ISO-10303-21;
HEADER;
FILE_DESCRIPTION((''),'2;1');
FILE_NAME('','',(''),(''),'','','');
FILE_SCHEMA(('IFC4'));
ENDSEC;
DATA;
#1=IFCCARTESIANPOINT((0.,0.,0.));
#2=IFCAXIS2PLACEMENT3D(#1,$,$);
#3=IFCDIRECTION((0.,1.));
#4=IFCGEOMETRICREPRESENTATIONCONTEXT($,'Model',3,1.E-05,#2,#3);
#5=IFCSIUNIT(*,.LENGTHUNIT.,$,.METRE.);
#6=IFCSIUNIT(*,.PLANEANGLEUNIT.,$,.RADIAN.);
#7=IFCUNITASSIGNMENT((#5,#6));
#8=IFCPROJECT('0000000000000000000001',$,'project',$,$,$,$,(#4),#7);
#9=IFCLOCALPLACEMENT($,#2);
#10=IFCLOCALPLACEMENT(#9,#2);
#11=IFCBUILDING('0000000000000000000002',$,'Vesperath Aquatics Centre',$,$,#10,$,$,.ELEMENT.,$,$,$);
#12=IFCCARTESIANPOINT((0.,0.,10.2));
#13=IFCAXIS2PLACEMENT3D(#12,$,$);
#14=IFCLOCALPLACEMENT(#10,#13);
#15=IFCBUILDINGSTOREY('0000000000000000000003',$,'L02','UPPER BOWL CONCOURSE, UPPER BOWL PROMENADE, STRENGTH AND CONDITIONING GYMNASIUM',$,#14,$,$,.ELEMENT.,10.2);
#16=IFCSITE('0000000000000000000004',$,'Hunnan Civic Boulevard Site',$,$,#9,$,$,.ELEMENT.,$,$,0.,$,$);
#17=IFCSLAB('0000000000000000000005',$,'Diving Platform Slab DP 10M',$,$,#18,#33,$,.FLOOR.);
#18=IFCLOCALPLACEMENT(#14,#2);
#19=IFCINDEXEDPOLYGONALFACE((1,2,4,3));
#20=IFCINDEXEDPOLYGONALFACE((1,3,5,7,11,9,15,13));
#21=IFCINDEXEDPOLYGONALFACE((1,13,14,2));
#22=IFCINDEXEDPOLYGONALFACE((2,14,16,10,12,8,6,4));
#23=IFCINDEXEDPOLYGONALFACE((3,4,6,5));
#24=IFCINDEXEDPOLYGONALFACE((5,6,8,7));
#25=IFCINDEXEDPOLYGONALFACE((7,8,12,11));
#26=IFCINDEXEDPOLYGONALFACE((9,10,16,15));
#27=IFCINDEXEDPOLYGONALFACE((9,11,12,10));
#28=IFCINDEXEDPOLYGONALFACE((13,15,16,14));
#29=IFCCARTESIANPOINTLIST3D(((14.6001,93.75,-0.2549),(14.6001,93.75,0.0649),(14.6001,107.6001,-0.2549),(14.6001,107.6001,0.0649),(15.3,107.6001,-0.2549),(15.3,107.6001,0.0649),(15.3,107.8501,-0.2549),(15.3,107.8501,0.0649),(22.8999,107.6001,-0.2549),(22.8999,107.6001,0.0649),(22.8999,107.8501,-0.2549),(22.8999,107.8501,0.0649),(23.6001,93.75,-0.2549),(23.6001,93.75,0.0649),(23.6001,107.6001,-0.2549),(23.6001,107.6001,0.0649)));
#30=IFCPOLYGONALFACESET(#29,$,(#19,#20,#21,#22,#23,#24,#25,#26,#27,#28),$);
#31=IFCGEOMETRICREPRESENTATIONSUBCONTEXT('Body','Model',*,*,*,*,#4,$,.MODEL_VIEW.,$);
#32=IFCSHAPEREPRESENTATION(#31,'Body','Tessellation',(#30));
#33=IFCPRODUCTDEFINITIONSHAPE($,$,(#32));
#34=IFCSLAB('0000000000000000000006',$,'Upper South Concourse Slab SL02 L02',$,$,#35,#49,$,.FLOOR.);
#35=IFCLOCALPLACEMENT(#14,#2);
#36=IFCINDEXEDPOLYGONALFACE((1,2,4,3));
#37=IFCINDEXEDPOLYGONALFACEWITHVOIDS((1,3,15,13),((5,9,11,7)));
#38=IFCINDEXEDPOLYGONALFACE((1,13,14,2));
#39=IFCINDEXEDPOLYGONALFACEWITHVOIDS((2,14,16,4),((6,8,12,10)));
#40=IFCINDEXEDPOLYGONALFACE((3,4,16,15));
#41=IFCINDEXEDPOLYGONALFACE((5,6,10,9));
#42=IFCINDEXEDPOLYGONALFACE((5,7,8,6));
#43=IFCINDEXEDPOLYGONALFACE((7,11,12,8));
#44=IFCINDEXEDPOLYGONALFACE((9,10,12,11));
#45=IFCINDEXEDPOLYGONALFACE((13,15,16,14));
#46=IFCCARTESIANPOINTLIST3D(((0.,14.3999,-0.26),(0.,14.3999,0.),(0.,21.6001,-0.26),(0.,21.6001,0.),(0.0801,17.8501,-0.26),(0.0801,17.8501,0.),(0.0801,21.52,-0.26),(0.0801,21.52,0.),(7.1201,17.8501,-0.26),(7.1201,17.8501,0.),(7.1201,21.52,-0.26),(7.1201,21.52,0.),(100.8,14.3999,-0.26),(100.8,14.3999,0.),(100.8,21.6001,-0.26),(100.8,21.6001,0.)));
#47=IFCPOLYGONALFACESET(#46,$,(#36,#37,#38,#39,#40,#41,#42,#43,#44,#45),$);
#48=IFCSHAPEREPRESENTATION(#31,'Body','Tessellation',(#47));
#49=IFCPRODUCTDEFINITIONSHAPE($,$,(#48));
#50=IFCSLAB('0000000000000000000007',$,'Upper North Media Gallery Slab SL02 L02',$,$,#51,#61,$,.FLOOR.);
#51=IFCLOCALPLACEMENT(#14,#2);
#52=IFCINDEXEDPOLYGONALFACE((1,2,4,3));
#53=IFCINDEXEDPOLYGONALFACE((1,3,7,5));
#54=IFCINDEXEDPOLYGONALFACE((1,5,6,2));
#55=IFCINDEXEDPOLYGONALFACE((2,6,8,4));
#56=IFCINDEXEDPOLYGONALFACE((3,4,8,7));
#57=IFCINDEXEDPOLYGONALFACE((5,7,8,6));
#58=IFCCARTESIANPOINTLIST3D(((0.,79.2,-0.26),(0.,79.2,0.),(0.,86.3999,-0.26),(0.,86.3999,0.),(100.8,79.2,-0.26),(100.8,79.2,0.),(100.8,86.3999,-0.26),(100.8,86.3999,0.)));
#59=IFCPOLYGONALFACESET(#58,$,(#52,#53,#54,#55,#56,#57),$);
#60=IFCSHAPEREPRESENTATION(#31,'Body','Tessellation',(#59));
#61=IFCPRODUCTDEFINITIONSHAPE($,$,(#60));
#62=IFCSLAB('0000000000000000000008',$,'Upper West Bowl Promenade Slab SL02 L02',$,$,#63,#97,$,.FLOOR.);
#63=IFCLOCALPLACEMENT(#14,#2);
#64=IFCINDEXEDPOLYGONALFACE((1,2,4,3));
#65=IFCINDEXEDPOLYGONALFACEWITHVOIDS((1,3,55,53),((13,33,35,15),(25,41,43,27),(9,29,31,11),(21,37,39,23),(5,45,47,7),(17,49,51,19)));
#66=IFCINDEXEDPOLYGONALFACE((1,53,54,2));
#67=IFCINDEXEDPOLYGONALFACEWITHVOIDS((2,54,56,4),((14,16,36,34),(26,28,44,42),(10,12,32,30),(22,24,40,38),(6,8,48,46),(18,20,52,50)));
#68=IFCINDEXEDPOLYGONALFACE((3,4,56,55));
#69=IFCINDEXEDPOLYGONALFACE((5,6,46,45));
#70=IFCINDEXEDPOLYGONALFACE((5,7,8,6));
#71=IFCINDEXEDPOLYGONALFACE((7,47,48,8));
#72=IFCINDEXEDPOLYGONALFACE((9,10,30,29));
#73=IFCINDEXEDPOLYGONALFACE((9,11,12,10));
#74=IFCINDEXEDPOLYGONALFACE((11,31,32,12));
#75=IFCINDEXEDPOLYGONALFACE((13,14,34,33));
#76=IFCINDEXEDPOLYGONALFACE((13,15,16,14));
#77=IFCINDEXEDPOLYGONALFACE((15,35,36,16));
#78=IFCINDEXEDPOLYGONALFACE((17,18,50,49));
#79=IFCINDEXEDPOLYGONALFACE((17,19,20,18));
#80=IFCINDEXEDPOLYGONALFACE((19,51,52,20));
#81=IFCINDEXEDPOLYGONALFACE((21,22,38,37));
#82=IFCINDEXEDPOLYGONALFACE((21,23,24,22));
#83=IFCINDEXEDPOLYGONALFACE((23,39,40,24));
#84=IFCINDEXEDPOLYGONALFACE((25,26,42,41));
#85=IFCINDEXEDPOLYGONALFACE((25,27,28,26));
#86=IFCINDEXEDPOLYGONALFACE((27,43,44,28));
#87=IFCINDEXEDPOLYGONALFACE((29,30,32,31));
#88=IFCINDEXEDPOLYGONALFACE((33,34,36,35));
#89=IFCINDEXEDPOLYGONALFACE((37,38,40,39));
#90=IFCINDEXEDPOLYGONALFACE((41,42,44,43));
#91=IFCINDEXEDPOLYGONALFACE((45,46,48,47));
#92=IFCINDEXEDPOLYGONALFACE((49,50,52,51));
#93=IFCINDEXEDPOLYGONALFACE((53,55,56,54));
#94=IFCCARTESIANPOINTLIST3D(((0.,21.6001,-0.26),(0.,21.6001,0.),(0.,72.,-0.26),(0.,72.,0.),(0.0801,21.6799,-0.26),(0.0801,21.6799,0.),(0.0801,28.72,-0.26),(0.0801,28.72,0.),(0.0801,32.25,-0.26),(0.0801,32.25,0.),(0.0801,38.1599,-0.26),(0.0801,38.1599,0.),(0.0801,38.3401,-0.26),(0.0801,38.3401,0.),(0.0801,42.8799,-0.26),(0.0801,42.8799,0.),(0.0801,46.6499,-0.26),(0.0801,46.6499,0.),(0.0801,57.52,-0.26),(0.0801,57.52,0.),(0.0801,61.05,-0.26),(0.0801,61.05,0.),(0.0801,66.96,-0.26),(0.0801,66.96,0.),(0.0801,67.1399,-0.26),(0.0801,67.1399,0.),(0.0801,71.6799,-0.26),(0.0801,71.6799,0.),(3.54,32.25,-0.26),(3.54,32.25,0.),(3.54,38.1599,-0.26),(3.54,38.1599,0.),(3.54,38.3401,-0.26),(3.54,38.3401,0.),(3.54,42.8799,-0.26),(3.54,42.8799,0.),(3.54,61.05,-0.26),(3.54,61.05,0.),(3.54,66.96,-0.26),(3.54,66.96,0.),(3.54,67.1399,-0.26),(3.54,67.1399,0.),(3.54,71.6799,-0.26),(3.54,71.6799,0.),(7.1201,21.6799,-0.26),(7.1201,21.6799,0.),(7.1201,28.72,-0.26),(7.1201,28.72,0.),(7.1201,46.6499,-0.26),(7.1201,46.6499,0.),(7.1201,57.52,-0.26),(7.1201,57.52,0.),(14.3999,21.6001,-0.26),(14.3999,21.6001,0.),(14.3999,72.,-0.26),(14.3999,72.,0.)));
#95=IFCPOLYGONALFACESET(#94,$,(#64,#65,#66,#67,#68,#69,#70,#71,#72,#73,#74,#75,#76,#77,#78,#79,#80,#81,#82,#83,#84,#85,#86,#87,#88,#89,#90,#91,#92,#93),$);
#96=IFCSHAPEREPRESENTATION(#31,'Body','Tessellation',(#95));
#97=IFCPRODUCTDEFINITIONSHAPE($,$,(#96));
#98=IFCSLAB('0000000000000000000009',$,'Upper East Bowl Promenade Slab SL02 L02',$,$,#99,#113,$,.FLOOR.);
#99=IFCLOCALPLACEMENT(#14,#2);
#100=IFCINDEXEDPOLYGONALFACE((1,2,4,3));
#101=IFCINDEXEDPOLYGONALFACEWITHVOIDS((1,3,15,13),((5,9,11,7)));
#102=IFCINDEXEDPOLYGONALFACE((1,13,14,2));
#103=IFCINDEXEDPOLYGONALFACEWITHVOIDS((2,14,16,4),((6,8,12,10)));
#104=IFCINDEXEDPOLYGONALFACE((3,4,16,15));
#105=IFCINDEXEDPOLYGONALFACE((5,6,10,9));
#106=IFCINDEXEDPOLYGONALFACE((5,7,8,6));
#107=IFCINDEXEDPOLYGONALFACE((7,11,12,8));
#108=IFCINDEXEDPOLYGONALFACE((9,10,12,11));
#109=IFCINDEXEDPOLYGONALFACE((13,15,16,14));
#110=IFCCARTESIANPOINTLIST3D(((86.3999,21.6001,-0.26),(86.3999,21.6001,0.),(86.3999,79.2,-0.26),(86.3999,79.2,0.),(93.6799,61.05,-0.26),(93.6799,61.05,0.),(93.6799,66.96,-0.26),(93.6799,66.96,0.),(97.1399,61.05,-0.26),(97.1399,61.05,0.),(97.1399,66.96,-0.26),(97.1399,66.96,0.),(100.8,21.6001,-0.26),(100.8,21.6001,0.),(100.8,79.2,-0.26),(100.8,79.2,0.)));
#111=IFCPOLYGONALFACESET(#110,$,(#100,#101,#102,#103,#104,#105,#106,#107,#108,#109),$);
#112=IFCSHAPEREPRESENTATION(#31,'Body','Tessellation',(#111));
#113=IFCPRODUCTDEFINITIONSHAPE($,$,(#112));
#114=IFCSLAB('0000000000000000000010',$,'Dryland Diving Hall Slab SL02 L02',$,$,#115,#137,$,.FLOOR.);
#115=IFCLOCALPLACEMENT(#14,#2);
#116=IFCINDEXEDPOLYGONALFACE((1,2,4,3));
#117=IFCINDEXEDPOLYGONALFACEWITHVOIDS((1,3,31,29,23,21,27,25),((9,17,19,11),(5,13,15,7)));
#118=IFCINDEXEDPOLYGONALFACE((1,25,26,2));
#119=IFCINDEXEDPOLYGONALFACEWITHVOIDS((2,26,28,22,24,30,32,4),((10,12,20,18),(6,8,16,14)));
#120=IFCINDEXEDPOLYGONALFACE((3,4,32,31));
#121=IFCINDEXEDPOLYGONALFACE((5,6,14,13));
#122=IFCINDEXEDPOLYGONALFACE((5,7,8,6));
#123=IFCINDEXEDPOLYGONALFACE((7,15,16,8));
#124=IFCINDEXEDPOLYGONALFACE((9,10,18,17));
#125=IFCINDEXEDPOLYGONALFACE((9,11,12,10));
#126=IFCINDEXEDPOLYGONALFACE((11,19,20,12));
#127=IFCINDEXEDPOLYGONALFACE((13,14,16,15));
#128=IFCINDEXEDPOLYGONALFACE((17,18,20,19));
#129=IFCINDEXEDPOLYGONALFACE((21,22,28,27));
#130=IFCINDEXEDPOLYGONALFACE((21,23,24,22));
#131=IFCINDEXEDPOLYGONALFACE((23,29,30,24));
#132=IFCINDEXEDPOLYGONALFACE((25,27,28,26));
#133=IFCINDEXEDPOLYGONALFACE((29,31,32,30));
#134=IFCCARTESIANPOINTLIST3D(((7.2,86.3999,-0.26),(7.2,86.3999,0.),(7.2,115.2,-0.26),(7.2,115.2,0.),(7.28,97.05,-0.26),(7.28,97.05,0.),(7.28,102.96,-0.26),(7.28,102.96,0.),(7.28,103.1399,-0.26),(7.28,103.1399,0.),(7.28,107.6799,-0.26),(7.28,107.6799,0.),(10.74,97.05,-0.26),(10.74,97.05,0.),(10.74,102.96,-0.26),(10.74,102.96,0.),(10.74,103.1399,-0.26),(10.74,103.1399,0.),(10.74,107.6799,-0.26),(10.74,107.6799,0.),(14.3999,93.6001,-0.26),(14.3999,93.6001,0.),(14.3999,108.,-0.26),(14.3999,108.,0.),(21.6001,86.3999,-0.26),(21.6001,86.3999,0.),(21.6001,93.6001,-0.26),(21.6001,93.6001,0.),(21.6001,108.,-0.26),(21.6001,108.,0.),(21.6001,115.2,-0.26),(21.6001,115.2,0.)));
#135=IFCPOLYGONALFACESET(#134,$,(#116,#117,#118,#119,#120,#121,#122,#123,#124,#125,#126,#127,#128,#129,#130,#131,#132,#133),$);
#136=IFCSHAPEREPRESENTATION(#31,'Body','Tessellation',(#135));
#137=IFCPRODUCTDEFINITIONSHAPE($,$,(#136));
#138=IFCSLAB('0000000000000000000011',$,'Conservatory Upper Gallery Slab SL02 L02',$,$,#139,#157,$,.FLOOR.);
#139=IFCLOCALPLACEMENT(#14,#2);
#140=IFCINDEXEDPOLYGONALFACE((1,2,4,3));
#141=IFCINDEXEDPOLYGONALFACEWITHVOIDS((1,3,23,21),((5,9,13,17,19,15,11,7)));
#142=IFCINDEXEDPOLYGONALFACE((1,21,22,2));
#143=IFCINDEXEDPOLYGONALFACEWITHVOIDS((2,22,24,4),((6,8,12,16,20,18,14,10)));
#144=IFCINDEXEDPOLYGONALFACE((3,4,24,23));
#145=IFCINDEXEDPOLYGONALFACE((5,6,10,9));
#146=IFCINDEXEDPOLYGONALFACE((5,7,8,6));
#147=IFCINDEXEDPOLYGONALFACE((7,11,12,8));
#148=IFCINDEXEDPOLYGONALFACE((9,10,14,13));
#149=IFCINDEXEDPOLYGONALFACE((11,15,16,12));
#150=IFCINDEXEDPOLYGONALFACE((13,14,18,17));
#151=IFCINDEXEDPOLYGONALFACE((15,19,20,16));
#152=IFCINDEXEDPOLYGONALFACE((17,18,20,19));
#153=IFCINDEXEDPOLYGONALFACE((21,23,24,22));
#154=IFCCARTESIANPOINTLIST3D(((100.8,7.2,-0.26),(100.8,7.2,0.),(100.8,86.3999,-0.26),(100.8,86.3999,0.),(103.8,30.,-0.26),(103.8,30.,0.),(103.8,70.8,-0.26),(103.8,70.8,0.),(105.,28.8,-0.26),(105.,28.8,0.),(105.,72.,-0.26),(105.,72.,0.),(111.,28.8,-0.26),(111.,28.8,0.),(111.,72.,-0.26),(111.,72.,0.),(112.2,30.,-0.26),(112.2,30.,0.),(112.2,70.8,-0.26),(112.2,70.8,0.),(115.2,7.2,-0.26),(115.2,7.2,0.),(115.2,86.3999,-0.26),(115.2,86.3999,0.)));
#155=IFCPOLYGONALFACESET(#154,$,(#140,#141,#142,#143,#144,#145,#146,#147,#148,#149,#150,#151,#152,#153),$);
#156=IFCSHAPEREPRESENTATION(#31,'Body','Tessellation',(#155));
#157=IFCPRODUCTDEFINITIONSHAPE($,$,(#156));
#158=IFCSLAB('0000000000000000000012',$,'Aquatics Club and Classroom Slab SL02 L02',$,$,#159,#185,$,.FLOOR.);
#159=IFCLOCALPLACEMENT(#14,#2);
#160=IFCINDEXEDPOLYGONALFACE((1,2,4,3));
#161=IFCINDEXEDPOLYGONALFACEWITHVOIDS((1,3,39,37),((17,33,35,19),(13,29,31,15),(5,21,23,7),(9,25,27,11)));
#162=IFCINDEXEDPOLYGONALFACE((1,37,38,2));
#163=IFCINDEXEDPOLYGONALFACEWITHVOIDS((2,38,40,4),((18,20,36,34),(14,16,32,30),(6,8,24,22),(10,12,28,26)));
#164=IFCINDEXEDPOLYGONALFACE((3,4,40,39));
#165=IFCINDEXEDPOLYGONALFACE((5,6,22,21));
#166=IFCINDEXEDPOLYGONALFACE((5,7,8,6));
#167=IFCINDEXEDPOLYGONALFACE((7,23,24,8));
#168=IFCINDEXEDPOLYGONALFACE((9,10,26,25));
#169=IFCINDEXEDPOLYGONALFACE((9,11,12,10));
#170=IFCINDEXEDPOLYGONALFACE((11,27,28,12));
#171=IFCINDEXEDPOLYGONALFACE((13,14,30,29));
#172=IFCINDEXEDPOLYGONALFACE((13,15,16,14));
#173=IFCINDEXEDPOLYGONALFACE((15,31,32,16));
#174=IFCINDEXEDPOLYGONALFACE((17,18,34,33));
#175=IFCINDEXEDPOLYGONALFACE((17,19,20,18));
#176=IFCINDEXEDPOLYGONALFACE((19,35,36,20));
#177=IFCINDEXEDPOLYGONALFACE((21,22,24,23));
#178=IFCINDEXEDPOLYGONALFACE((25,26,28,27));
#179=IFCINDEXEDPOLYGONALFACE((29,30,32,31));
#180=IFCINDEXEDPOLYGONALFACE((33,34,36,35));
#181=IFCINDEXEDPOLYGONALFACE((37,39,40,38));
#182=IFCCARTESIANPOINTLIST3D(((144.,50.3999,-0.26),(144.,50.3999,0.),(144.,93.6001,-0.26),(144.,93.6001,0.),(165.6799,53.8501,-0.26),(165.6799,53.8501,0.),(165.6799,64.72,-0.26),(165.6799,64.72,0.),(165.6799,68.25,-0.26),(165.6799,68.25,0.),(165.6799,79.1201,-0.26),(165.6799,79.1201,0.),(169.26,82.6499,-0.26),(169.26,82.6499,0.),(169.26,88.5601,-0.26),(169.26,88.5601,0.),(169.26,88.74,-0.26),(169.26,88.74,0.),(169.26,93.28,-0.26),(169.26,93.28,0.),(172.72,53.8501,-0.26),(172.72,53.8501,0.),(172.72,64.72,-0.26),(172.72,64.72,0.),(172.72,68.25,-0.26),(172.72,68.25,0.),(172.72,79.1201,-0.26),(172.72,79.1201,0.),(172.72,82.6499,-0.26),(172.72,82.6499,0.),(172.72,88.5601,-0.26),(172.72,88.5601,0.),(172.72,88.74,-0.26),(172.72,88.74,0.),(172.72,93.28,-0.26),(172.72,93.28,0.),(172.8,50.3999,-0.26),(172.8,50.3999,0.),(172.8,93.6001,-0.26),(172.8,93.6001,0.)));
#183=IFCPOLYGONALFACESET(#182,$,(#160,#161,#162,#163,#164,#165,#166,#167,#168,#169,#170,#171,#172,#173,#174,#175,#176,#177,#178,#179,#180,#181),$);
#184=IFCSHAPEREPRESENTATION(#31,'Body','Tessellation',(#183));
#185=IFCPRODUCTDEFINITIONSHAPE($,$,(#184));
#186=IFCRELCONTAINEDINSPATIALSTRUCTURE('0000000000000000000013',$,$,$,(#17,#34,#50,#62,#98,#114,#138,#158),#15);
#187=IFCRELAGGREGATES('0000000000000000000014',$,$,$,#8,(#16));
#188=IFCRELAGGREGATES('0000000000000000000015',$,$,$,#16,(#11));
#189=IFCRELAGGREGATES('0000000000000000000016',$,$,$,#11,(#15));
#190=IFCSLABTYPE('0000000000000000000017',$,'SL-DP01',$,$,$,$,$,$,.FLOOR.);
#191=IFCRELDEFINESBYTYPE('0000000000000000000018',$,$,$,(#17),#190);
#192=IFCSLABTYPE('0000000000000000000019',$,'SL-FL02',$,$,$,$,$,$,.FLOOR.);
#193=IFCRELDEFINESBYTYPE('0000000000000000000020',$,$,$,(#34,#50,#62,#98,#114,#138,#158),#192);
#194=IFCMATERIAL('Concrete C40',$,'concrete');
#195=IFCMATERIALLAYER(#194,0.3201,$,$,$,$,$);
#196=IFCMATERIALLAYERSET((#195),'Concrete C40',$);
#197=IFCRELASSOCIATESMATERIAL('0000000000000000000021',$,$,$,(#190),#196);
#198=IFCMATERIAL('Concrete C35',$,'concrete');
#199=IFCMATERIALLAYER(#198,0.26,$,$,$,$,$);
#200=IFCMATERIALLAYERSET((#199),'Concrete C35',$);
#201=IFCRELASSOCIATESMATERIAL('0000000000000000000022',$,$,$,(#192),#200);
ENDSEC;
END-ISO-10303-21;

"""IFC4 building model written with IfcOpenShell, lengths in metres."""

from ifc_helpers import new_model, si_unit, direction, frame, origin, place, context, subcontext, project, spatial, polyline, outline, extrude, material, layer, layer_set, type_object, element, save


model = new_model("IFC4")

# Units and contexts
model_context = context("Model", 3, precision=1e-05, world=origin(), true_north=direction((0.0, 1.0)))
body_context = subcontext(model_context, "Body", "Model", "MODEL_VIEW")
ifc_project = project(units=[si_unit("LENGTHUNIT", "METRE"), si_unit("PLANEANGLEUNIT", "RADIAN")], contexts=[model_context])

# Site, building, storey
site_placement = place(None, origin())
site = spatial("IfcSite", under=ifc_project, at=site_placement, Name="Hunnan Civic Boulevard Site", CompositionType="ELEMENT", RefElevation=0.0)
building_placement = place(site_placement, origin())
building = spatial("IfcBuilding", under=site, at=building_placement, Name="Vesperath Aquatics Centre", CompositionType="ELEMENT")
storey_placement = place(building_placement, frame((0.0, 0.0, 10.2)))
storey = spatial("IfcBuildingStorey", under=building, at=storey_placement, Name="L02", Description="UPPER BOWL CONCOURSE, UPPER BOWL PROMENADE, STRENGTH AND CONDITIONING GYMNASIUM", CompositionType="ELEMENT", Elevation=10.2)

# Slabs
ifc_material_1 = material(Name="Concrete C40", Category="concrete")
ifc_layer_1 = layer(ifc_material_1, 0.3201)
ifc_layer_set_1 = layer_set([ifc_layer_1], Name="Concrete C40")
slab_type_1 = type_object("IfcSlabType", Name="SL-DP01", PredefinedType="FLOOR", material=ifc_layer_set_1)
slab_1_placement = place(storey_placement, frame((0.0, 0.0, -0.2549)))
element("IfcSlab", 1, at=slab_1_placement, inside=storey, type_object=slab_type_1, Name="Diving Platform Slab DP 10M", PredefinedType="FLOOR", context=body_context, shape_type="SweptSolid", body=[
    extrude(outline(polyline([(14.6001, 93.75), (23.6001, 93.75), (23.6001, 107.6001), (22.8999, 107.6001), (22.8999, 107.8501), (15.3, 107.8501), (15.3, 107.6001), (14.6001, 107.6001), (14.6001, 93.75)])), origin(), (0.0, 0.0, 1.0), 0.3198),
])
ifc_material_2 = material(Name="Concrete C35", Category="concrete")
ifc_layer_2 = layer(ifc_material_2, 0.26)
ifc_layer_set_2 = layer_set([ifc_layer_2], Name="Concrete C35")
slab_type_2 = type_object("IfcSlabType", Name="SL-FL02", PredefinedType="FLOOR", material=ifc_layer_set_2)
slab_2_placement = place(storey_placement, frame((0.0, 0.0, -0.26)))
element("IfcSlab", 2, at=slab_2_placement, inside=storey, type_object=slab_type_2, Name="Upper South Concourse Slab SL02 L02", PredefinedType="FLOOR", context=body_context, shape_type="SweptSolid", body=[
    extrude(outline(polyline([(0.0, 14.3999), (100.8, 14.3999), (100.8, 21.6001), (0.0, 21.6001), (0.0, 14.3999)]), holes=[polyline([(0.0801, 17.8501), (7.1201, 17.8501), (7.1201, 21.52), (0.0801, 21.52), (0.0801, 17.8501)])]), origin(), (0.0, 0.0, 1.0), 0.26),
])
slab_3_placement = place(storey_placement, frame((0.0, 0.0, -0.26)))
element("IfcSlab", 3, at=slab_3_placement, inside=storey, type_object=slab_type_2, Name="Upper North Media Gallery Slab SL02 L02", PredefinedType="FLOOR", context=body_context, shape_type="SweptSolid", body=[
    extrude(outline(polyline([(0.0, 79.2), (100.8, 79.2), (100.8, 86.3999), (0.0, 86.3999), (0.0, 79.2)])), origin(), (0.0, 0.0, 1.0), 0.26),
])
slab_4_placement = place(storey_placement, frame((0.0, 0.0, -0.26)))
element("IfcSlab", 4, at=slab_4_placement, inside=storey, type_object=slab_type_2, Name="Upper West Bowl Promenade Slab SL02 L02", PredefinedType="FLOOR", context=body_context, shape_type="SweptSolid", body=[
    extrude(outline(polyline([(0.0, 21.6001), (14.3999, 21.6001), (14.3999, 72.0), (0.0, 72.0), (0.0, 21.6001)]), holes=[polyline([(0.0801, 32.25), (3.54, 32.25), (3.54, 38.1599), (0.0801, 38.1599), (0.0801, 32.25)]), polyline([(0.0801, 38.3401), (3.54, 38.3401), (3.54, 42.8799), (0.0801, 42.8799), (0.0801, 38.3401)]), polyline([(0.0801, 61.05), (3.54, 61.05), (3.54, 66.96), (0.0801, 66.96), (0.0801, 61.05)]), polyline([(0.0801, 67.1399), (3.54, 67.1399), (3.54, 71.6799), (0.0801, 71.6799), (0.0801, 67.1399)]), polyline([(0.0801, 21.6799), (7.1201, 21.6799), (7.1201, 28.72), (0.0801, 28.72), (0.0801, 21.6799)]), polyline([(0.0801, 46.6499), (7.1201, 46.6499), (7.1201, 57.52), (0.0801, 57.52), (0.0801, 46.6499)])]), origin(), (0.0, 0.0, 1.0), 0.26),
])
slab_5_placement = place(storey_placement, frame((0.0, 0.0, -0.26)))
element("IfcSlab", 5, at=slab_5_placement, inside=storey, type_object=slab_type_2, Name="Upper East Bowl Promenade Slab SL02 L02", PredefinedType="FLOOR", context=body_context, shape_type="SweptSolid", body=[
    extrude(outline(polyline([(86.3999, 21.6001), (100.8, 21.6001), (100.8, 79.2), (86.3999, 79.2), (86.3999, 21.6001)]), holes=[polyline([(93.6799, 61.05), (97.1399, 61.05), (97.1399, 66.96), (93.6799, 66.96), (93.6799, 61.05)])]), origin(), (0.0, 0.0, 1.0), 0.26),
])
slab_6_placement = place(storey_placement, frame((0.0, 0.0, -0.26)))
element("IfcSlab", 6, at=slab_6_placement, inside=storey, type_object=slab_type_2, Name="Dryland Diving Hall Slab SL02 L02", PredefinedType="FLOOR", context=body_context, shape_type="SweptSolid", body=[
    extrude(outline(polyline([(7.2, 86.3999), (21.6001, 86.3999), (21.6001, 93.6001), (14.3999, 93.6001), (14.3999, 108.0), (21.6001, 108.0), (21.6001, 115.2), (7.2, 115.2), (7.2, 86.3999)]), holes=[polyline([(7.28, 97.05), (10.74, 97.05), (10.74, 102.96), (7.28, 102.96), (7.28, 97.05)]), polyline([(7.28, 103.1399), (10.74, 103.1399), (10.74, 107.6799), (7.28, 107.6799), (7.28, 103.1399)])]), origin(), (0.0, 0.0, 1.0), 0.26),
])
slab_7_placement = place(storey_placement, frame((0.0, 0.0, -0.26)))
element("IfcSlab", 7, at=slab_7_placement, inside=storey, type_object=slab_type_2, Name="Conservatory Upper Gallery Slab SL02 L02", PredefinedType="FLOOR", context=body_context, shape_type="SweptSolid", body=[
    extrude(outline(polyline([(100.8, 7.2), (115.2, 7.2), (115.2, 86.3999), (100.8, 86.3999), (100.8, 7.2)]), holes=[polyline([(105.0, 28.8), (111.0, 28.8), (112.2, 30.0), (112.2, 70.8), (111.0, 72.0), (105.0, 72.0), (103.8, 70.8), (103.8, 30.0), (105.0, 28.8)])]), origin(), (0.0, 0.0, 1.0), 0.26),
])
slab_8_placement = place(storey_placement, frame((0.0, 0.0, -0.26)))
element("IfcSlab", 8, at=slab_8_placement, inside=storey, type_object=slab_type_2, Name="Aquatics Club and Classroom Slab SL02 L02", PredefinedType="FLOOR", context=body_context, shape_type="SweptSolid", body=[
    extrude(outline(polyline([(144.0, 50.3999), (172.8, 50.3999), (172.8, 93.6001), (144.0, 93.6001), (144.0, 50.3999)]), holes=[polyline([(169.26, 82.6499), (172.72, 82.6499), (172.72, 88.5601), (169.26, 88.5601), (169.26, 82.6499)]), polyline([(169.26, 88.74), (172.72, 88.74), (172.72, 93.28), (169.26, 93.28), (169.26, 88.74)]), polyline([(165.6799, 53.8501), (172.72, 53.8501), (172.72, 64.72), (165.6799, 64.72), (165.6799, 53.8501)]), polyline([(165.6799, 68.25), (172.72, 68.25), (172.72, 79.1201), (165.6799, 79.1201), (165.6799, 68.25)])]), origin(), (0.0, 0.0, 1.0), 0.26),
])

save(model, "model.ifc")
